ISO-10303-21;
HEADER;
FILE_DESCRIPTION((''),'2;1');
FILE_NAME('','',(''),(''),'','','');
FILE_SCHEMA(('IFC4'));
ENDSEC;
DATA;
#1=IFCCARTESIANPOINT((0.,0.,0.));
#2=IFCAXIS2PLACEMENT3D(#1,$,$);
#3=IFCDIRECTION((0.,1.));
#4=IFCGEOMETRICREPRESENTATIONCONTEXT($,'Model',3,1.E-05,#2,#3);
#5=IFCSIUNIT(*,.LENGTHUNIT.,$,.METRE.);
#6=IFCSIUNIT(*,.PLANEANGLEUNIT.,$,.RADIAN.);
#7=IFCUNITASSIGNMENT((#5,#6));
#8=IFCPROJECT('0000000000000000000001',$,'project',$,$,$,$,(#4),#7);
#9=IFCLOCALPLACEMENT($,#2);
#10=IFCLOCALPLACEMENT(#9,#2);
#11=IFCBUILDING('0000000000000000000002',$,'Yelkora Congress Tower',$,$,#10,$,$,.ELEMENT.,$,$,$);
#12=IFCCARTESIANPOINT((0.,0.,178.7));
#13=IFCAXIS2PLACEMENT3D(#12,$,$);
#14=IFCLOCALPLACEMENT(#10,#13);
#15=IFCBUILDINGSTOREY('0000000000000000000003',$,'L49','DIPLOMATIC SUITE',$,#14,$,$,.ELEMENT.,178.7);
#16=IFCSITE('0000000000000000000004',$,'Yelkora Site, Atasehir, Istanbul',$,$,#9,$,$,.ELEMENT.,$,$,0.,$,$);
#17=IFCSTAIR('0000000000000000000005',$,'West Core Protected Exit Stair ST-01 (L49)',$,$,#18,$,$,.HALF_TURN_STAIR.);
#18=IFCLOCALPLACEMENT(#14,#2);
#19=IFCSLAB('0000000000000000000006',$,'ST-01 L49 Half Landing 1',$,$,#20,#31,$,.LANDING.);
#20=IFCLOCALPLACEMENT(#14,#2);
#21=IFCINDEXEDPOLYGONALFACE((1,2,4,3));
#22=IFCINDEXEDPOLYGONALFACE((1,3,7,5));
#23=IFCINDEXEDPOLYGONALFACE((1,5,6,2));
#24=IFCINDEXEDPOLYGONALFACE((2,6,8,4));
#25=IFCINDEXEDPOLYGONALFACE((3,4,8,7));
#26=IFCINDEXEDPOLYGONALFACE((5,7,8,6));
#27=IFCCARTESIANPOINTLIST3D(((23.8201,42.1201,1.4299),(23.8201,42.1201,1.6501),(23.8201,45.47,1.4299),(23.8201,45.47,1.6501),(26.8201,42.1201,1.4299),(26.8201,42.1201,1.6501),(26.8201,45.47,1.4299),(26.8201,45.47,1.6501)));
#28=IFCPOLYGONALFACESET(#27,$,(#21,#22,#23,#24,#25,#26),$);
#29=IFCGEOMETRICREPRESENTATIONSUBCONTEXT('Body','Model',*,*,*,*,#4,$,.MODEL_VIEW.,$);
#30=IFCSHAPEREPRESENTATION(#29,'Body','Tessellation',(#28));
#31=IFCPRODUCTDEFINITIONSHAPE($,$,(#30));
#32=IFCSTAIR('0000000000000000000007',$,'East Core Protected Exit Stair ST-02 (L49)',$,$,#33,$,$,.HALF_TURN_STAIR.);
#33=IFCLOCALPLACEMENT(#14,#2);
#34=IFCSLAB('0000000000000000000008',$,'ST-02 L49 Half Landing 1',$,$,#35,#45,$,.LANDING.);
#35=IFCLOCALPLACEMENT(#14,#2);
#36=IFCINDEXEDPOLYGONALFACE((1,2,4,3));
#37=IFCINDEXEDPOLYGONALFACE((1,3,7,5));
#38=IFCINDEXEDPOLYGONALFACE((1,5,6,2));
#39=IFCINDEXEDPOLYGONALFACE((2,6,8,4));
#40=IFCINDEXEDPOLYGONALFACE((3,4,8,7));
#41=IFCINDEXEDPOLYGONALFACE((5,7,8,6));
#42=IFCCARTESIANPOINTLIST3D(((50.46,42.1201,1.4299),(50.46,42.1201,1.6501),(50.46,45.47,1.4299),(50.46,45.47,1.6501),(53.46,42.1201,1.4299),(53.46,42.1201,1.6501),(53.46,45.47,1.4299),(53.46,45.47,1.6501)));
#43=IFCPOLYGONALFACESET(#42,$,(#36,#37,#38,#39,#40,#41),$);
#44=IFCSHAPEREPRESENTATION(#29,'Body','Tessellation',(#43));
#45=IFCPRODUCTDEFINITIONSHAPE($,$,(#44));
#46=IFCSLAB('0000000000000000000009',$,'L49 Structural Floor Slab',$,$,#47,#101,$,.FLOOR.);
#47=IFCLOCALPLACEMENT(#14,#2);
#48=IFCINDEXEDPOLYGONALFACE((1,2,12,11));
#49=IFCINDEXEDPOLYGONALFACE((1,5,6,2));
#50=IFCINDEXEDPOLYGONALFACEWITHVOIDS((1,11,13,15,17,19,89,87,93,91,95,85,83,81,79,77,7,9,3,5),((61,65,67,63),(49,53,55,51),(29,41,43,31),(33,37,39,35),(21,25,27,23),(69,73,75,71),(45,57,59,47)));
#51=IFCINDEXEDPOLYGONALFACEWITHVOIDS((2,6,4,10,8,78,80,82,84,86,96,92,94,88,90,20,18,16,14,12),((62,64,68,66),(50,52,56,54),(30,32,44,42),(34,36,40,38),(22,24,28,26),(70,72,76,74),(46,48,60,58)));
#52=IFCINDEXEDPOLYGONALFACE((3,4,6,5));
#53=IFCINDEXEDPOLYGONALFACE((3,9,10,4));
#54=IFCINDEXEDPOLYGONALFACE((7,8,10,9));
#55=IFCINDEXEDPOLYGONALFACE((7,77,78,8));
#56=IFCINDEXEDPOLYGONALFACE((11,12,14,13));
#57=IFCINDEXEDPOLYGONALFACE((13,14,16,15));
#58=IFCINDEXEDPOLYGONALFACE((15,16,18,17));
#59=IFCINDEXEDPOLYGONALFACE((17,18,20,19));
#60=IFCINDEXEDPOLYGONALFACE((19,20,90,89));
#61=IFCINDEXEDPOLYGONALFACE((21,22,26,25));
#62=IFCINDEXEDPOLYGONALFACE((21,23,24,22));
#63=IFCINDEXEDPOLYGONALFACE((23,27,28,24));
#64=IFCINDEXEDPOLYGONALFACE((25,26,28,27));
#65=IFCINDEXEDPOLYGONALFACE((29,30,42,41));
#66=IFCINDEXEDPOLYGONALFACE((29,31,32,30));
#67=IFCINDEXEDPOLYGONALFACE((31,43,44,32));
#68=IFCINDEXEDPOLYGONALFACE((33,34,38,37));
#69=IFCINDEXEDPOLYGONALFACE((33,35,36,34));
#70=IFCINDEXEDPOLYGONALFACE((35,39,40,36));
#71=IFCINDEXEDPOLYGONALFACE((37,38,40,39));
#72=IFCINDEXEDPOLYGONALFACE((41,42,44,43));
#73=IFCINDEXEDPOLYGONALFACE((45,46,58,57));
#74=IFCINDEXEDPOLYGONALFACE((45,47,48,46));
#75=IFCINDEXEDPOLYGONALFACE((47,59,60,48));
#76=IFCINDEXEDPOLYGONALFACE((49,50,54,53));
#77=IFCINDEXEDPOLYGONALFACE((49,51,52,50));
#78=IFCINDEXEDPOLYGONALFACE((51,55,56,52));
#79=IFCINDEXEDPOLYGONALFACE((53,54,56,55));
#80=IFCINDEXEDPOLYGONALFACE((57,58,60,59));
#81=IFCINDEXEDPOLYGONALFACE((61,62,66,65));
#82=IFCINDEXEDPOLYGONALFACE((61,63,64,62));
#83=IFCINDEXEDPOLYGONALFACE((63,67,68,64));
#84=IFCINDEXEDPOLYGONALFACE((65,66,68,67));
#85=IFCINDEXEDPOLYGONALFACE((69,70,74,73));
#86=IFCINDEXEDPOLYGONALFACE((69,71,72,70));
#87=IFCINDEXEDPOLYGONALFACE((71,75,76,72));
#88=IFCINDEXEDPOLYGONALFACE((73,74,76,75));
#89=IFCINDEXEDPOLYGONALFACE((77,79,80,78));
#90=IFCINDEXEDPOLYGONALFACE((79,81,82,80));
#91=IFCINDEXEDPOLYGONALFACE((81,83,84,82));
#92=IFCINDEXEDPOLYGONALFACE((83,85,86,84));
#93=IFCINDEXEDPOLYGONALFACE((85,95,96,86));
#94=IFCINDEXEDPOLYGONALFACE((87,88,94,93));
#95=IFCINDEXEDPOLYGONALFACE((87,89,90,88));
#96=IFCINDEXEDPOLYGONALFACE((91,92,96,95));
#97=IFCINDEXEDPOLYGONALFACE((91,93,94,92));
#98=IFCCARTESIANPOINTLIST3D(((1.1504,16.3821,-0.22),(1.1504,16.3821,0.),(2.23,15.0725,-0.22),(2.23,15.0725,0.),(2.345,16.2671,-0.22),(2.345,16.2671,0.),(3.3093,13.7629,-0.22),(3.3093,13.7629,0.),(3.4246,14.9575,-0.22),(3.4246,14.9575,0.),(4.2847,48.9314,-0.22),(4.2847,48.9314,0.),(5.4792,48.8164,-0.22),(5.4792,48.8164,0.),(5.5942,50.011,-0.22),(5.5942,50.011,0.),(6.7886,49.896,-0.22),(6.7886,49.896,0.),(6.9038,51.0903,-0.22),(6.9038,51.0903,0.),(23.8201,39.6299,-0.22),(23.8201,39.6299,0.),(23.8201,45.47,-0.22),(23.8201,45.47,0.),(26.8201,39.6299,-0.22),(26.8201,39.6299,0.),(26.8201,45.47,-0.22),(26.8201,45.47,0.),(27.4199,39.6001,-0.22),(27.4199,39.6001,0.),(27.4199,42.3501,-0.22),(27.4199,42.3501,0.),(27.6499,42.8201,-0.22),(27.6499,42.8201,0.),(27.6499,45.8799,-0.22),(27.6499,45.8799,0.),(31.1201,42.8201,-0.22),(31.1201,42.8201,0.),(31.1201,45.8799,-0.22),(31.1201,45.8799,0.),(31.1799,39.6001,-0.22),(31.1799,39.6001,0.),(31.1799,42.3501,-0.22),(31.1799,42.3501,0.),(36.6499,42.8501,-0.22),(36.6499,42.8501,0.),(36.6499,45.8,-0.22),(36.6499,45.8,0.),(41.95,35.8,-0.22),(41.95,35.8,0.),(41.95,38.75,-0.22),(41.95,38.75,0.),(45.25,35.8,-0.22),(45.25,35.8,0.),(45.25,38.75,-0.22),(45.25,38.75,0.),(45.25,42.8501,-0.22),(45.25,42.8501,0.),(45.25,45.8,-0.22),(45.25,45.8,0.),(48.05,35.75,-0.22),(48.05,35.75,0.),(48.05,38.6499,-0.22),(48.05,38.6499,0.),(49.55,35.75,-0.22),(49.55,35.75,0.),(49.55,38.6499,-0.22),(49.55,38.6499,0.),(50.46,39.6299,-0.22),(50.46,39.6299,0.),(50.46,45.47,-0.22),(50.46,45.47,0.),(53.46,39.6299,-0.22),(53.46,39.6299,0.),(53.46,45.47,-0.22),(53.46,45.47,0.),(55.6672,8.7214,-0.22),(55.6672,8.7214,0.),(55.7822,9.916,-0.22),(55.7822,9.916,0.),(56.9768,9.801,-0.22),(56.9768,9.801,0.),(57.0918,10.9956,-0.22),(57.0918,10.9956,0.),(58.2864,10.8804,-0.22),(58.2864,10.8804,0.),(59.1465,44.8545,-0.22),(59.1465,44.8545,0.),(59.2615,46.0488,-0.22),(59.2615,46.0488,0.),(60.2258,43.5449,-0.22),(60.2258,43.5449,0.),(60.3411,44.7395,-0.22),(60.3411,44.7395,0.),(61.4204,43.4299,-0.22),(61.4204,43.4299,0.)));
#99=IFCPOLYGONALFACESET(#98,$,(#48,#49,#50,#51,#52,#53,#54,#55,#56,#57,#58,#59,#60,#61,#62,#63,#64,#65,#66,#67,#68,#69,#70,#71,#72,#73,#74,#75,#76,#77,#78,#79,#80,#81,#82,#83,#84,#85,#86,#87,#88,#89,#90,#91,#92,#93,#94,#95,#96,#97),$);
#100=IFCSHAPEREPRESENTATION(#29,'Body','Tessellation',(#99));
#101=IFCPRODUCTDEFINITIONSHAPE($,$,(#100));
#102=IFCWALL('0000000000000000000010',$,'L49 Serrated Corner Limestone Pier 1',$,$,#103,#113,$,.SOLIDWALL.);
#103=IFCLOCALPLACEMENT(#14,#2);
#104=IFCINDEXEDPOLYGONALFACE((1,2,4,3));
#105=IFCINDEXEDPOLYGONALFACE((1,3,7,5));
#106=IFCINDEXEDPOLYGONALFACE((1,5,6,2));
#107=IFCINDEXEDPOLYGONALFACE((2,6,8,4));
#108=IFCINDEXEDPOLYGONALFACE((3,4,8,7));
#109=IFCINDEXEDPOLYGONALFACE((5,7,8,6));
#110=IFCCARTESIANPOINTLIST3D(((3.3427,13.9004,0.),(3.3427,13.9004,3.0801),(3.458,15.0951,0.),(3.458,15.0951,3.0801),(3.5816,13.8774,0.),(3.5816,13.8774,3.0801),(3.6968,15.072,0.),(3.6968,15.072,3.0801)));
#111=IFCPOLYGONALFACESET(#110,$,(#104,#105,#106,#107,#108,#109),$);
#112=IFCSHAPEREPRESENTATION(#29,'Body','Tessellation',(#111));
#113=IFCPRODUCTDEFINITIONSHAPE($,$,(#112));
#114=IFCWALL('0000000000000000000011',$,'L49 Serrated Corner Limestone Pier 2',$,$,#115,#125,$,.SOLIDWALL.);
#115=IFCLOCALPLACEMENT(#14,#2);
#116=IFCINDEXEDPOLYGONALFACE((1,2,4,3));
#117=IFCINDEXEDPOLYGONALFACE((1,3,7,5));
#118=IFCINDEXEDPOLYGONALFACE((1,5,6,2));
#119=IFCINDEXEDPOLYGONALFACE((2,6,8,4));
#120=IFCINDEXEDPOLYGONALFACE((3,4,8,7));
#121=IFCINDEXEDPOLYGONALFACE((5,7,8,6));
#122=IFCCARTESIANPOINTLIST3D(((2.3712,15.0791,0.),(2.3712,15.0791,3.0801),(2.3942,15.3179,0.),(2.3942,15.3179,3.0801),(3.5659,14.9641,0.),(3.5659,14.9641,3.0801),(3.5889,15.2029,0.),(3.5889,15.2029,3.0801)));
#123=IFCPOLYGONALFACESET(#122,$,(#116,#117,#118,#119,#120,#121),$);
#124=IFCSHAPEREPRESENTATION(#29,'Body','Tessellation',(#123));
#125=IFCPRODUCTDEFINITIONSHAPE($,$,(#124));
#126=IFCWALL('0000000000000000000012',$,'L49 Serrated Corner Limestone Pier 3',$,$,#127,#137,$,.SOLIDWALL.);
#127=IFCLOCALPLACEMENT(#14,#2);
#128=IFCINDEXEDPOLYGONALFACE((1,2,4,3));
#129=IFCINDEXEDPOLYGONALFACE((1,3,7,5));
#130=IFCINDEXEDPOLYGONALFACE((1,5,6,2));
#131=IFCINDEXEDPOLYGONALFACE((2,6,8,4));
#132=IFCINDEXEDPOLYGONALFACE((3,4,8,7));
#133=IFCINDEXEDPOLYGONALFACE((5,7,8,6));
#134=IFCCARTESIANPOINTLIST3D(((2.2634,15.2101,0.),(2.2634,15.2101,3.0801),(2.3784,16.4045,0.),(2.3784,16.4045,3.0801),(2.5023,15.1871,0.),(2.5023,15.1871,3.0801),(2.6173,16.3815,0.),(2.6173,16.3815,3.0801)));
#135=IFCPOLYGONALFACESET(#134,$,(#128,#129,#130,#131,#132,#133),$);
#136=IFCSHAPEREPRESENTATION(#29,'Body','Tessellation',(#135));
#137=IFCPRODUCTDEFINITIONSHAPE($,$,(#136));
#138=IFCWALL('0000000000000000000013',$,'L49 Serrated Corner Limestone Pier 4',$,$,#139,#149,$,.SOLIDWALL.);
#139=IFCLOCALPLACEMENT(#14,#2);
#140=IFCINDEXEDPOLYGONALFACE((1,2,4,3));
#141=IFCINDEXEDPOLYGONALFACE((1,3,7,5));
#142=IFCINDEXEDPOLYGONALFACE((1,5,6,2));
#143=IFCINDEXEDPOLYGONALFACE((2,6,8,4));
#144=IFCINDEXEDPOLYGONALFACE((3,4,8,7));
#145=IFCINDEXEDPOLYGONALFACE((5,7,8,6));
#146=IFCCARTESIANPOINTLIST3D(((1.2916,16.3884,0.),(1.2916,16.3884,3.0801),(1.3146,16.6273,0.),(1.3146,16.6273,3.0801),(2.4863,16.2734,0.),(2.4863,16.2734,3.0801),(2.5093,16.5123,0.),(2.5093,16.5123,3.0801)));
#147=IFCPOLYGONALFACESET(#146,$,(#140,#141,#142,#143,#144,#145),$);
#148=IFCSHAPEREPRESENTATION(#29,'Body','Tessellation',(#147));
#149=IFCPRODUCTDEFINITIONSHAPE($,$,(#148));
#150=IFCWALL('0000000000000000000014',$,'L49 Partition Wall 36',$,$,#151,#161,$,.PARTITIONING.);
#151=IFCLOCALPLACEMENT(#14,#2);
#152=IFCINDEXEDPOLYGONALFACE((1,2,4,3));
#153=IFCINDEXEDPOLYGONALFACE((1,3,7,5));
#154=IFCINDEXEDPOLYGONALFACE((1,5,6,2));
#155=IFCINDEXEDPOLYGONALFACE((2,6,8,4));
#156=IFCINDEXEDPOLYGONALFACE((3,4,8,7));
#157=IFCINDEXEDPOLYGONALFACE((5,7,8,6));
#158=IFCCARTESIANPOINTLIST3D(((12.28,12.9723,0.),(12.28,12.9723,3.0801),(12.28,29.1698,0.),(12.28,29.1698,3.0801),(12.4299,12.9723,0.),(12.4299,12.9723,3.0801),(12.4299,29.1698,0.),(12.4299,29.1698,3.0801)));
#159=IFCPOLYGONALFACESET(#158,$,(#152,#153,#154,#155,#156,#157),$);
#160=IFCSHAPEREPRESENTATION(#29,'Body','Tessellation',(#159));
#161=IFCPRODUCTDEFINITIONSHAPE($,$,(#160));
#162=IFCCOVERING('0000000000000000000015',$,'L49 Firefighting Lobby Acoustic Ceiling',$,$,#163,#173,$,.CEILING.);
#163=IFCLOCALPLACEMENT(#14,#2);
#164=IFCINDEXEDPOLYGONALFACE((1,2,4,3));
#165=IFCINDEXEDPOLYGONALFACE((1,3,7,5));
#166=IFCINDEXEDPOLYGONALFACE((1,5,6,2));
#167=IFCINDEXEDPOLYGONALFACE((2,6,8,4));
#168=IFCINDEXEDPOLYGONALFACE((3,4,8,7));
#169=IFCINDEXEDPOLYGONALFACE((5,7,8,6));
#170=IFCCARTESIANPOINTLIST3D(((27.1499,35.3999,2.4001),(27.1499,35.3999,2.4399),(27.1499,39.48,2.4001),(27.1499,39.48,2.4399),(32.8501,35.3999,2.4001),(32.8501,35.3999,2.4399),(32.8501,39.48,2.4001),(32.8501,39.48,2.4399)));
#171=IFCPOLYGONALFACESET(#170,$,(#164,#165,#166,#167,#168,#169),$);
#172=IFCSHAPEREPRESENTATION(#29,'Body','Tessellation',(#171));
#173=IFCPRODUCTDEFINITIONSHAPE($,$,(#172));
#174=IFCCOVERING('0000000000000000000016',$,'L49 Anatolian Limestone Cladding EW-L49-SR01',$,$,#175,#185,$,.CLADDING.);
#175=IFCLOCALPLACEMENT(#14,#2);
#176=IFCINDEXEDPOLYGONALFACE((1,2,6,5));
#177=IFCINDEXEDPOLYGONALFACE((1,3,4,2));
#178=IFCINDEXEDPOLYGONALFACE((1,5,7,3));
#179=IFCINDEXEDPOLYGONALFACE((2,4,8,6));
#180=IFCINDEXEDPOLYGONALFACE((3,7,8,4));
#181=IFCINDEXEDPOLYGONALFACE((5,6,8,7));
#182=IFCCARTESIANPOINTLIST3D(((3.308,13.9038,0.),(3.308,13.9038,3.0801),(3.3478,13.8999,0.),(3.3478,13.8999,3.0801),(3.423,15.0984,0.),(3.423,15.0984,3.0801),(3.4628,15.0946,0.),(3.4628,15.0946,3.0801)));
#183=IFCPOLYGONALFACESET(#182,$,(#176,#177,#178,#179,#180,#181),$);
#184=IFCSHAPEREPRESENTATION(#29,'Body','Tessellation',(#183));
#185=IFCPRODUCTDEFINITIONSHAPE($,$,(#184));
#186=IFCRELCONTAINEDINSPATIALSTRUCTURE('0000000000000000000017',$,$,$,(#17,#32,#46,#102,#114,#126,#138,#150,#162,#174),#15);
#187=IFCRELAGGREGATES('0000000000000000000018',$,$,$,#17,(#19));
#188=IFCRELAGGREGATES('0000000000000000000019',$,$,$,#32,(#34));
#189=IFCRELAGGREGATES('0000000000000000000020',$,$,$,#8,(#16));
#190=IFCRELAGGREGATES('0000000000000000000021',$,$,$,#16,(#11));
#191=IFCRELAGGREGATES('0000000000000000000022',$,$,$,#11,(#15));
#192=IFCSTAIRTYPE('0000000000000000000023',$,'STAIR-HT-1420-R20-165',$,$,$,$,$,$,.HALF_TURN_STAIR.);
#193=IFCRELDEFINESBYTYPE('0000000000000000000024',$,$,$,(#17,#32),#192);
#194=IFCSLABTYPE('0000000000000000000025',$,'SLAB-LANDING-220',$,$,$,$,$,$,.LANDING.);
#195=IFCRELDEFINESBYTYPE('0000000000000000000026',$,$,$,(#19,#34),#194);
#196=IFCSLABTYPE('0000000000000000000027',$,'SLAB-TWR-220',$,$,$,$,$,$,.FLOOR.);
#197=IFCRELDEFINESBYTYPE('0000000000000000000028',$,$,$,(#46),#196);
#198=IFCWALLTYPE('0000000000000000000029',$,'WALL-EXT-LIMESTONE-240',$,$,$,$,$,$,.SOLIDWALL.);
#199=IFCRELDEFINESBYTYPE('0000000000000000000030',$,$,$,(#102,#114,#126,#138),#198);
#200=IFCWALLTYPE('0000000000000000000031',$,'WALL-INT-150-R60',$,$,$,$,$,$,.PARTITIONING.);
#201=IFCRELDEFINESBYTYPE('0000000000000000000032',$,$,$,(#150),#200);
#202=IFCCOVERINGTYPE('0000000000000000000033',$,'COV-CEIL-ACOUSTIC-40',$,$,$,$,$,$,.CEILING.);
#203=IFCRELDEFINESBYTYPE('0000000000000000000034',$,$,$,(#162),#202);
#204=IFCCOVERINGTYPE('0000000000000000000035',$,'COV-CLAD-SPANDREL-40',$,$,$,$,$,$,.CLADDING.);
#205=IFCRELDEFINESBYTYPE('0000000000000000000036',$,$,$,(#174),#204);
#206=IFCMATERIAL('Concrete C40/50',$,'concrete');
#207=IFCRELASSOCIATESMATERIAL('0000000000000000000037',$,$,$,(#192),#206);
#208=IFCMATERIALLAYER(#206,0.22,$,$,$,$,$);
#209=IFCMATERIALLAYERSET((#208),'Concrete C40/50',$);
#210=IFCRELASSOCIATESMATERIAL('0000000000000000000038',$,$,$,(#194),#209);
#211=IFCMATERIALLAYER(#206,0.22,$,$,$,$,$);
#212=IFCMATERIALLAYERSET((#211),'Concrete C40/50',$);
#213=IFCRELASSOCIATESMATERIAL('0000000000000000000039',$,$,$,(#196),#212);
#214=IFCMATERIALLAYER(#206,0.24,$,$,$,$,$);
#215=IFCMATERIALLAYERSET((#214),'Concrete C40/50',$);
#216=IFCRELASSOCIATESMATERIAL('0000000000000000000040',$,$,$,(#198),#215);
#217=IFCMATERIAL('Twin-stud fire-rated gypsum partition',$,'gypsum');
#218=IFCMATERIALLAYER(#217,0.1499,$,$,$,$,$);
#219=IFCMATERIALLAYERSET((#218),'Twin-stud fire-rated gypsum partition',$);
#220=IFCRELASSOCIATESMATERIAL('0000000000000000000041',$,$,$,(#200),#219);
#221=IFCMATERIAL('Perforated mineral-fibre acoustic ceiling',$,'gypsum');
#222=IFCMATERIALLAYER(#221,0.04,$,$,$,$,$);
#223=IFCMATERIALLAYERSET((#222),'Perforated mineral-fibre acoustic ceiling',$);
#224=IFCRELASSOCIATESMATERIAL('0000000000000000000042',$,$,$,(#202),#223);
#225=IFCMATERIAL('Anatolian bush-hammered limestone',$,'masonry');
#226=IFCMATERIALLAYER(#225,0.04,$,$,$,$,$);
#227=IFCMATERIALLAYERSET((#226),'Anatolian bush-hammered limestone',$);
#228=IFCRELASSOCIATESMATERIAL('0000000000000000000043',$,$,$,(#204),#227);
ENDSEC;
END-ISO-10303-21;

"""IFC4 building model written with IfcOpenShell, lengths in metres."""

from ifc_helpers import new_model, si_unit, direction, frame, frame_2d, origin, place, context, subcontext, project, spatial, polyline, rectangle, outline, extrude, material, layer, layer_set, type_object, element, aggregate, save


model = new_model("IFC4")

# Units and contexts
model_context = context("Model", 3, precision=1e-05, world=origin(), true_north=direction((0.0, 1.0)))
body_context = subcontext(model_context, "Body", "Model", "MODEL_VIEW")
ifc_project = project(units=[si_unit("LENGTHUNIT", "METRE"), si_unit("PLANEANGLEUNIT", "RADIAN")], contexts=[model_context])

# Site, building, storey
site_placement = place(None, origin())
site = spatial("IfcSite", under=ifc_project, at=site_placement, Name="Yelkora Site, Atasehir, Istanbul", CompositionType="ELEMENT", RefElevation=0.0)
building_placement = place(site_placement, origin())
building = spatial("IfcBuilding", under=site, at=building_placement, Name="Yelkora Congress Tower", CompositionType="ELEMENT")
storey_placement = place(building_placement, frame((0.0, 0.0, 178.7)))
storey = spatial("IfcBuildingStorey", under=building, at=storey_placement, Name="L49", Description="DIPLOMATIC SUITE", CompositionType="ELEMENT", Elevation=178.7)

# Stairs, slabs
ifc_material_1 = material(Name="Concrete C40/50", Category="concrete")
stair_type = type_object("IfcStairType", Name="STAIR-HT-1420-R20-165", PredefinedType="HALF_TURN_STAIR", material=ifc_material_1)
stair_1_placement = place(storey_placement, origin())
stair_1 = element("IfcStair", 1, at=stair_1_placement, inside=storey, type_object=stair_type, Name="West Core Protected Exit Stair ST-01 (L49)", PredefinedType="HALF_TURN_STAIR")
ifc_layer_1 = layer(ifc_material_1, 0.22)
ifc_layer_set_1 = layer_set([ifc_layer_1], Name="Concrete C40/50")
slab_type_1 = type_object("IfcSlabType", Name="SLAB-LANDING-220", PredefinedType="LANDING", material=ifc_layer_set_1)
slab_1_placement = place(storey_placement, frame((0.0, 0.0, 1.4299)))
slab_1 = element("IfcSlab", 2, at=slab_1_placement, type_object=slab_type_1, Name="ST-01 L49 Half Landing 1", PredefinedType="LANDING", context=body_context, shape_type="SweptSolid", body=[
    extrude(outline(polyline([(26.8201, 42.1201), (26.8201, 45.47), (23.8201, 45.47), (23.8201, 42.1201), (26.8201, 42.1201)])), origin(), (0.0, 0.0, 1.0), 0.2202),
])
aggregate(stair_1, [slab_1])
stair_2_placement = place(storey_placement, origin())
stair_2 = element("IfcStair", 3, at=stair_2_placement, inside=storey, type_object=stair_type, Name="East Core Protected Exit Stair ST-02 (L49)", PredefinedType="HALF_TURN_STAIR")
slab_2_placement = place(storey_placement, frame((0.0, 0.0, 1.4299)))
slab_2 = element("IfcSlab", 4, at=slab_2_placement, type_object=slab_type_1, Name="ST-02 L49 Half Landing 1", PredefinedType="LANDING", context=body_context, shape_type="SweptSolid", body=[
    extrude(outline(polyline([(53.46, 42.1201), (53.46, 45.47), (50.46, 45.47), (50.46, 42.1201), (53.46, 42.1201)])), origin(), (0.0, 0.0, 1.0), 0.2202),
])
aggregate(stair_2, [slab_2])

# Slab
ifc_layer_2 = layer(ifc_material_1, 0.22)
ifc_layer_set_2 = layer_set([ifc_layer_2], Name="Concrete C40/50")
slab_type_2 = type_object("IfcSlabType", Name="SLAB-TWR-220", PredefinedType="FLOOR", material=ifc_layer_set_2)
slab_3_placement = place(storey_placement, frame((0.0, 0.0, -0.22)))
element("IfcSlab", 5, at=slab_3_placement, inside=storey, type_object=slab_type_2, Name="L49 Structural Floor Slab", PredefinedType="FLOOR", context=body_context, shape_type="SweptSolid", body=[
    extrude(outline(polyline([(3.3093, 13.7629), (55.6672, 8.7214), (55.7822, 9.916), (56.9768, 9.801), (57.0918, 10.9956), (58.2864, 10.8804), (61.4204, 43.4299), (60.2258, 43.5449), (60.3411, 44.7395), (59.1465, 44.8545), (59.2615, 46.0488), (6.9038, 51.0903), (6.7886, 49.896), (5.5942, 50.011), (5.4792, 48.8164), (4.2847, 48.9314), (1.1504, 16.3821), (2.345, 16.2671), (2.23, 15.0725), (3.4246, 14.9575), (3.3093, 13.7629)]), holes=[polyline([(23.8201, 39.6299), (26.8201, 39.6299), (26.8201, 45.47), (23.8201, 45.47), (23.8201, 39.6299)]), polyline([(50.46, 39.6299), (53.46, 39.6299), (53.46, 45.47), (50.46, 45.47), (50.46, 39.6299)]), polyline([(48.05, 35.75), (49.55, 35.75), (49.55, 38.6499), (48.05, 38.6499), (48.05, 35.75)]), polyline([(36.6499, 42.8501), (45.25, 42.8501), (45.25, 45.8), (36.6499, 45.8), (36.6499, 42.8501)]), polyline([(41.95, 35.8), (45.25, 35.8), (45.25, 38.75), (41.95, 38.75), (41.95, 35.8)]), polyline([(27.4199, 39.6001), (31.1799, 39.6001), (31.1799, 42.3501), (27.4199, 42.3501), (27.4199, 39.6001)]), polyline([(27.6499, 42.8201), (31.1201, 42.8201), (31.1201, 45.8799), (27.6499, 45.8799), (27.6499, 42.8201)])]), origin(), (0.0, 0.0, 1.0), 0.22),
])

# Walls
ifc_layer_3 = layer(ifc_material_1, 0.24)
ifc_layer_set_3 = layer_set([ifc_layer_3], Name="Concrete C40/50")
wall_type_1 = type_object("IfcWallType", Name="WALL-EXT-LIMESTONE-240", PredefinedType="SOLIDWALL", material=ifc_layer_set_3)
for number, where, z_axis, x_axis, name in (
    (6, (3.4622, 13.8889, 0.0), (0.0, 0.0, 1.0), (0.096019, 0.99538, 0.0), "L49 Serrated Corner Limestone Pier 1"),
    (7, (3.5774, 15.0835, 0.0), (0.0, 0.0, 1.0), (-0.995399, 0.095817, 0.0), "L49 Serrated Corner Limestone Pier 2"),
):
    element("IfcWall", number, at=place(storey_placement, frame(where, z_axis=z_axis, x_axis=x_axis)), inside=storey, type_object=wall_type_1, Name=name, PredefinedType="SOLIDWALL", context=body_context, shape_type="SweptSolid", body=[
        extrude(rectangle(XDim=1.2002, YDim=0.24, at=frame_2d((0.6001, 0.0))), origin(), (0.0, 0.0, 1.0), 3.0801),
    ])
wall_1_placement = place(storey_placement, frame((2.3828, 15.1985, 0.0), z_axis=(0.0, 0.0, 1.0), x_axis=(0.095836, 0.995397, 0.0)))
element("IfcWall", 8, at=wall_1_placement, inside=storey, type_object=wall_type_1, Name="L49 Serrated Corner Limestone Pier 3", PredefinedType="SOLIDWALL", context=body_context, shape_type="SweptSolid", body=[
    extrude(rectangle(XDim=1.2, YDim=0.24, at=frame_2d((0.6001, 0.0))), origin(), (0.0, 0.0, 1.0), 3.0801),
])
wall_2_placement = place(storey_placement, frame((2.4978, 16.3928, 0.0), z_axis=(0.0, 0.0, 1.0), x_axis=(-0.995399, 0.095817, 0.0)))
element("IfcWall", 9, at=wall_2_placement, inside=storey, type_object=wall_type_1, Name="L49 Serrated Corner Limestone Pier 4", PredefinedType="SOLIDWALL", context=body_context, shape_type="SweptSolid", body=[
    extrude(rectangle(XDim=1.2002, YDim=0.24, at=frame_2d((0.6001, 0.0))), origin(), (0.0, 0.0, 1.0), 3.0801),
])
ifc_material_2 = material(Name="Twin-stud fire-rated gypsum partition", Category="gypsum")
ifc_layer_4 = layer(ifc_material_2, 0.1499)
ifc_layer_set_4 = layer_set([ifc_layer_4], Name="Twin-stud fire-rated gypsum partition")
wall_type_2 = type_object("IfcWallType", Name="WALL-INT-150-R60", PredefinedType="PARTITIONING", material=ifc_layer_set_4)
wall_3_placement = place(storey_placement, frame((12.355, 12.9724, 0.0), z_axis=(0.0, 0.0, 1.0), x_axis=(0.0, 1.0, 0.0)))
element("IfcWall", 10, at=wall_3_placement, inside=storey, type_object=wall_type_2, Name="L49 Partition Wall 36", PredefinedType="PARTITIONING", context=body_context, shape_type="SweptSolid", body=[
    extrude(rectangle(XDim=16.1975, YDim=0.1499, at=frame_2d((8.0986, 0.0))), origin(), (0.0, 0.0, 1.0), 3.0801),
])

# Coverings
ifc_material_3 = material(Name="Perforated mineral-fibre acoustic ceiling", Category="gypsum")
ifc_layer_5 = layer(ifc_material_3, 0.04)
ifc_layer_set_5 = layer_set([ifc_layer_5], Name="Perforated mineral-fibre acoustic ceiling")
covering_type_1 = type_object("IfcCoveringType", Name="COV-CEIL-ACOUSTIC-40", PredefinedType="CEILING", material=ifc_layer_set_5)
covering_1_placement = place(storey_placement, frame((0.0, 0.0, 2.4001)))
element("IfcCovering", 11, at=covering_1_placement, inside=storey, type_object=covering_type_1, Name="L49 Firefighting Lobby Acoustic Ceiling", PredefinedType="CEILING", context=body_context, shape_type="SweptSolid", body=[
    extrude(outline(polyline([(27.1499, 35.3999), (32.8501, 35.3999), (32.8501, 39.48), (27.1499, 39.48), (27.1499, 35.3999)])), origin(), (0.0, 0.0, 1.0), 0.0398),
])
ifc_material_4 = material(Name="Anatolian bush-hammered limestone", Category="masonry")
ifc_layer_6 = layer(ifc_material_4, 0.04)
ifc_layer_set_6 = layer_set([ifc_layer_6], Name="Anatolian bush-hammered limestone")
covering_type_2 = type_object("IfcCoveringType", Name="COV-CLAD-SPANDREL-40", PredefinedType="CLADDING", material=ifc_layer_set_6)
covering_2_placement = place(storey_placement, frame((3.3279, 13.9019, 0.0), z_axis=(0.0, 0.0, 1.0), x_axis=(0.095817, 0.995399, 0.0)))
element("IfcCovering", 12, at=covering_2_placement, inside=storey, type_object=covering_type_2, Name="L49 Anatolian Limestone Cladding EW-L49-SR01", PredefinedType="CLADDING", context=body_context, shape_type="SweptSolid", body=[
    extrude(rectangle(XDim=1.2002, YDim=0.04, at=frame_2d((0.6001, 0.0))), origin(), (0.0, 0.0, 1.0), 3.0801),
])

save(model, "model.ifc")
